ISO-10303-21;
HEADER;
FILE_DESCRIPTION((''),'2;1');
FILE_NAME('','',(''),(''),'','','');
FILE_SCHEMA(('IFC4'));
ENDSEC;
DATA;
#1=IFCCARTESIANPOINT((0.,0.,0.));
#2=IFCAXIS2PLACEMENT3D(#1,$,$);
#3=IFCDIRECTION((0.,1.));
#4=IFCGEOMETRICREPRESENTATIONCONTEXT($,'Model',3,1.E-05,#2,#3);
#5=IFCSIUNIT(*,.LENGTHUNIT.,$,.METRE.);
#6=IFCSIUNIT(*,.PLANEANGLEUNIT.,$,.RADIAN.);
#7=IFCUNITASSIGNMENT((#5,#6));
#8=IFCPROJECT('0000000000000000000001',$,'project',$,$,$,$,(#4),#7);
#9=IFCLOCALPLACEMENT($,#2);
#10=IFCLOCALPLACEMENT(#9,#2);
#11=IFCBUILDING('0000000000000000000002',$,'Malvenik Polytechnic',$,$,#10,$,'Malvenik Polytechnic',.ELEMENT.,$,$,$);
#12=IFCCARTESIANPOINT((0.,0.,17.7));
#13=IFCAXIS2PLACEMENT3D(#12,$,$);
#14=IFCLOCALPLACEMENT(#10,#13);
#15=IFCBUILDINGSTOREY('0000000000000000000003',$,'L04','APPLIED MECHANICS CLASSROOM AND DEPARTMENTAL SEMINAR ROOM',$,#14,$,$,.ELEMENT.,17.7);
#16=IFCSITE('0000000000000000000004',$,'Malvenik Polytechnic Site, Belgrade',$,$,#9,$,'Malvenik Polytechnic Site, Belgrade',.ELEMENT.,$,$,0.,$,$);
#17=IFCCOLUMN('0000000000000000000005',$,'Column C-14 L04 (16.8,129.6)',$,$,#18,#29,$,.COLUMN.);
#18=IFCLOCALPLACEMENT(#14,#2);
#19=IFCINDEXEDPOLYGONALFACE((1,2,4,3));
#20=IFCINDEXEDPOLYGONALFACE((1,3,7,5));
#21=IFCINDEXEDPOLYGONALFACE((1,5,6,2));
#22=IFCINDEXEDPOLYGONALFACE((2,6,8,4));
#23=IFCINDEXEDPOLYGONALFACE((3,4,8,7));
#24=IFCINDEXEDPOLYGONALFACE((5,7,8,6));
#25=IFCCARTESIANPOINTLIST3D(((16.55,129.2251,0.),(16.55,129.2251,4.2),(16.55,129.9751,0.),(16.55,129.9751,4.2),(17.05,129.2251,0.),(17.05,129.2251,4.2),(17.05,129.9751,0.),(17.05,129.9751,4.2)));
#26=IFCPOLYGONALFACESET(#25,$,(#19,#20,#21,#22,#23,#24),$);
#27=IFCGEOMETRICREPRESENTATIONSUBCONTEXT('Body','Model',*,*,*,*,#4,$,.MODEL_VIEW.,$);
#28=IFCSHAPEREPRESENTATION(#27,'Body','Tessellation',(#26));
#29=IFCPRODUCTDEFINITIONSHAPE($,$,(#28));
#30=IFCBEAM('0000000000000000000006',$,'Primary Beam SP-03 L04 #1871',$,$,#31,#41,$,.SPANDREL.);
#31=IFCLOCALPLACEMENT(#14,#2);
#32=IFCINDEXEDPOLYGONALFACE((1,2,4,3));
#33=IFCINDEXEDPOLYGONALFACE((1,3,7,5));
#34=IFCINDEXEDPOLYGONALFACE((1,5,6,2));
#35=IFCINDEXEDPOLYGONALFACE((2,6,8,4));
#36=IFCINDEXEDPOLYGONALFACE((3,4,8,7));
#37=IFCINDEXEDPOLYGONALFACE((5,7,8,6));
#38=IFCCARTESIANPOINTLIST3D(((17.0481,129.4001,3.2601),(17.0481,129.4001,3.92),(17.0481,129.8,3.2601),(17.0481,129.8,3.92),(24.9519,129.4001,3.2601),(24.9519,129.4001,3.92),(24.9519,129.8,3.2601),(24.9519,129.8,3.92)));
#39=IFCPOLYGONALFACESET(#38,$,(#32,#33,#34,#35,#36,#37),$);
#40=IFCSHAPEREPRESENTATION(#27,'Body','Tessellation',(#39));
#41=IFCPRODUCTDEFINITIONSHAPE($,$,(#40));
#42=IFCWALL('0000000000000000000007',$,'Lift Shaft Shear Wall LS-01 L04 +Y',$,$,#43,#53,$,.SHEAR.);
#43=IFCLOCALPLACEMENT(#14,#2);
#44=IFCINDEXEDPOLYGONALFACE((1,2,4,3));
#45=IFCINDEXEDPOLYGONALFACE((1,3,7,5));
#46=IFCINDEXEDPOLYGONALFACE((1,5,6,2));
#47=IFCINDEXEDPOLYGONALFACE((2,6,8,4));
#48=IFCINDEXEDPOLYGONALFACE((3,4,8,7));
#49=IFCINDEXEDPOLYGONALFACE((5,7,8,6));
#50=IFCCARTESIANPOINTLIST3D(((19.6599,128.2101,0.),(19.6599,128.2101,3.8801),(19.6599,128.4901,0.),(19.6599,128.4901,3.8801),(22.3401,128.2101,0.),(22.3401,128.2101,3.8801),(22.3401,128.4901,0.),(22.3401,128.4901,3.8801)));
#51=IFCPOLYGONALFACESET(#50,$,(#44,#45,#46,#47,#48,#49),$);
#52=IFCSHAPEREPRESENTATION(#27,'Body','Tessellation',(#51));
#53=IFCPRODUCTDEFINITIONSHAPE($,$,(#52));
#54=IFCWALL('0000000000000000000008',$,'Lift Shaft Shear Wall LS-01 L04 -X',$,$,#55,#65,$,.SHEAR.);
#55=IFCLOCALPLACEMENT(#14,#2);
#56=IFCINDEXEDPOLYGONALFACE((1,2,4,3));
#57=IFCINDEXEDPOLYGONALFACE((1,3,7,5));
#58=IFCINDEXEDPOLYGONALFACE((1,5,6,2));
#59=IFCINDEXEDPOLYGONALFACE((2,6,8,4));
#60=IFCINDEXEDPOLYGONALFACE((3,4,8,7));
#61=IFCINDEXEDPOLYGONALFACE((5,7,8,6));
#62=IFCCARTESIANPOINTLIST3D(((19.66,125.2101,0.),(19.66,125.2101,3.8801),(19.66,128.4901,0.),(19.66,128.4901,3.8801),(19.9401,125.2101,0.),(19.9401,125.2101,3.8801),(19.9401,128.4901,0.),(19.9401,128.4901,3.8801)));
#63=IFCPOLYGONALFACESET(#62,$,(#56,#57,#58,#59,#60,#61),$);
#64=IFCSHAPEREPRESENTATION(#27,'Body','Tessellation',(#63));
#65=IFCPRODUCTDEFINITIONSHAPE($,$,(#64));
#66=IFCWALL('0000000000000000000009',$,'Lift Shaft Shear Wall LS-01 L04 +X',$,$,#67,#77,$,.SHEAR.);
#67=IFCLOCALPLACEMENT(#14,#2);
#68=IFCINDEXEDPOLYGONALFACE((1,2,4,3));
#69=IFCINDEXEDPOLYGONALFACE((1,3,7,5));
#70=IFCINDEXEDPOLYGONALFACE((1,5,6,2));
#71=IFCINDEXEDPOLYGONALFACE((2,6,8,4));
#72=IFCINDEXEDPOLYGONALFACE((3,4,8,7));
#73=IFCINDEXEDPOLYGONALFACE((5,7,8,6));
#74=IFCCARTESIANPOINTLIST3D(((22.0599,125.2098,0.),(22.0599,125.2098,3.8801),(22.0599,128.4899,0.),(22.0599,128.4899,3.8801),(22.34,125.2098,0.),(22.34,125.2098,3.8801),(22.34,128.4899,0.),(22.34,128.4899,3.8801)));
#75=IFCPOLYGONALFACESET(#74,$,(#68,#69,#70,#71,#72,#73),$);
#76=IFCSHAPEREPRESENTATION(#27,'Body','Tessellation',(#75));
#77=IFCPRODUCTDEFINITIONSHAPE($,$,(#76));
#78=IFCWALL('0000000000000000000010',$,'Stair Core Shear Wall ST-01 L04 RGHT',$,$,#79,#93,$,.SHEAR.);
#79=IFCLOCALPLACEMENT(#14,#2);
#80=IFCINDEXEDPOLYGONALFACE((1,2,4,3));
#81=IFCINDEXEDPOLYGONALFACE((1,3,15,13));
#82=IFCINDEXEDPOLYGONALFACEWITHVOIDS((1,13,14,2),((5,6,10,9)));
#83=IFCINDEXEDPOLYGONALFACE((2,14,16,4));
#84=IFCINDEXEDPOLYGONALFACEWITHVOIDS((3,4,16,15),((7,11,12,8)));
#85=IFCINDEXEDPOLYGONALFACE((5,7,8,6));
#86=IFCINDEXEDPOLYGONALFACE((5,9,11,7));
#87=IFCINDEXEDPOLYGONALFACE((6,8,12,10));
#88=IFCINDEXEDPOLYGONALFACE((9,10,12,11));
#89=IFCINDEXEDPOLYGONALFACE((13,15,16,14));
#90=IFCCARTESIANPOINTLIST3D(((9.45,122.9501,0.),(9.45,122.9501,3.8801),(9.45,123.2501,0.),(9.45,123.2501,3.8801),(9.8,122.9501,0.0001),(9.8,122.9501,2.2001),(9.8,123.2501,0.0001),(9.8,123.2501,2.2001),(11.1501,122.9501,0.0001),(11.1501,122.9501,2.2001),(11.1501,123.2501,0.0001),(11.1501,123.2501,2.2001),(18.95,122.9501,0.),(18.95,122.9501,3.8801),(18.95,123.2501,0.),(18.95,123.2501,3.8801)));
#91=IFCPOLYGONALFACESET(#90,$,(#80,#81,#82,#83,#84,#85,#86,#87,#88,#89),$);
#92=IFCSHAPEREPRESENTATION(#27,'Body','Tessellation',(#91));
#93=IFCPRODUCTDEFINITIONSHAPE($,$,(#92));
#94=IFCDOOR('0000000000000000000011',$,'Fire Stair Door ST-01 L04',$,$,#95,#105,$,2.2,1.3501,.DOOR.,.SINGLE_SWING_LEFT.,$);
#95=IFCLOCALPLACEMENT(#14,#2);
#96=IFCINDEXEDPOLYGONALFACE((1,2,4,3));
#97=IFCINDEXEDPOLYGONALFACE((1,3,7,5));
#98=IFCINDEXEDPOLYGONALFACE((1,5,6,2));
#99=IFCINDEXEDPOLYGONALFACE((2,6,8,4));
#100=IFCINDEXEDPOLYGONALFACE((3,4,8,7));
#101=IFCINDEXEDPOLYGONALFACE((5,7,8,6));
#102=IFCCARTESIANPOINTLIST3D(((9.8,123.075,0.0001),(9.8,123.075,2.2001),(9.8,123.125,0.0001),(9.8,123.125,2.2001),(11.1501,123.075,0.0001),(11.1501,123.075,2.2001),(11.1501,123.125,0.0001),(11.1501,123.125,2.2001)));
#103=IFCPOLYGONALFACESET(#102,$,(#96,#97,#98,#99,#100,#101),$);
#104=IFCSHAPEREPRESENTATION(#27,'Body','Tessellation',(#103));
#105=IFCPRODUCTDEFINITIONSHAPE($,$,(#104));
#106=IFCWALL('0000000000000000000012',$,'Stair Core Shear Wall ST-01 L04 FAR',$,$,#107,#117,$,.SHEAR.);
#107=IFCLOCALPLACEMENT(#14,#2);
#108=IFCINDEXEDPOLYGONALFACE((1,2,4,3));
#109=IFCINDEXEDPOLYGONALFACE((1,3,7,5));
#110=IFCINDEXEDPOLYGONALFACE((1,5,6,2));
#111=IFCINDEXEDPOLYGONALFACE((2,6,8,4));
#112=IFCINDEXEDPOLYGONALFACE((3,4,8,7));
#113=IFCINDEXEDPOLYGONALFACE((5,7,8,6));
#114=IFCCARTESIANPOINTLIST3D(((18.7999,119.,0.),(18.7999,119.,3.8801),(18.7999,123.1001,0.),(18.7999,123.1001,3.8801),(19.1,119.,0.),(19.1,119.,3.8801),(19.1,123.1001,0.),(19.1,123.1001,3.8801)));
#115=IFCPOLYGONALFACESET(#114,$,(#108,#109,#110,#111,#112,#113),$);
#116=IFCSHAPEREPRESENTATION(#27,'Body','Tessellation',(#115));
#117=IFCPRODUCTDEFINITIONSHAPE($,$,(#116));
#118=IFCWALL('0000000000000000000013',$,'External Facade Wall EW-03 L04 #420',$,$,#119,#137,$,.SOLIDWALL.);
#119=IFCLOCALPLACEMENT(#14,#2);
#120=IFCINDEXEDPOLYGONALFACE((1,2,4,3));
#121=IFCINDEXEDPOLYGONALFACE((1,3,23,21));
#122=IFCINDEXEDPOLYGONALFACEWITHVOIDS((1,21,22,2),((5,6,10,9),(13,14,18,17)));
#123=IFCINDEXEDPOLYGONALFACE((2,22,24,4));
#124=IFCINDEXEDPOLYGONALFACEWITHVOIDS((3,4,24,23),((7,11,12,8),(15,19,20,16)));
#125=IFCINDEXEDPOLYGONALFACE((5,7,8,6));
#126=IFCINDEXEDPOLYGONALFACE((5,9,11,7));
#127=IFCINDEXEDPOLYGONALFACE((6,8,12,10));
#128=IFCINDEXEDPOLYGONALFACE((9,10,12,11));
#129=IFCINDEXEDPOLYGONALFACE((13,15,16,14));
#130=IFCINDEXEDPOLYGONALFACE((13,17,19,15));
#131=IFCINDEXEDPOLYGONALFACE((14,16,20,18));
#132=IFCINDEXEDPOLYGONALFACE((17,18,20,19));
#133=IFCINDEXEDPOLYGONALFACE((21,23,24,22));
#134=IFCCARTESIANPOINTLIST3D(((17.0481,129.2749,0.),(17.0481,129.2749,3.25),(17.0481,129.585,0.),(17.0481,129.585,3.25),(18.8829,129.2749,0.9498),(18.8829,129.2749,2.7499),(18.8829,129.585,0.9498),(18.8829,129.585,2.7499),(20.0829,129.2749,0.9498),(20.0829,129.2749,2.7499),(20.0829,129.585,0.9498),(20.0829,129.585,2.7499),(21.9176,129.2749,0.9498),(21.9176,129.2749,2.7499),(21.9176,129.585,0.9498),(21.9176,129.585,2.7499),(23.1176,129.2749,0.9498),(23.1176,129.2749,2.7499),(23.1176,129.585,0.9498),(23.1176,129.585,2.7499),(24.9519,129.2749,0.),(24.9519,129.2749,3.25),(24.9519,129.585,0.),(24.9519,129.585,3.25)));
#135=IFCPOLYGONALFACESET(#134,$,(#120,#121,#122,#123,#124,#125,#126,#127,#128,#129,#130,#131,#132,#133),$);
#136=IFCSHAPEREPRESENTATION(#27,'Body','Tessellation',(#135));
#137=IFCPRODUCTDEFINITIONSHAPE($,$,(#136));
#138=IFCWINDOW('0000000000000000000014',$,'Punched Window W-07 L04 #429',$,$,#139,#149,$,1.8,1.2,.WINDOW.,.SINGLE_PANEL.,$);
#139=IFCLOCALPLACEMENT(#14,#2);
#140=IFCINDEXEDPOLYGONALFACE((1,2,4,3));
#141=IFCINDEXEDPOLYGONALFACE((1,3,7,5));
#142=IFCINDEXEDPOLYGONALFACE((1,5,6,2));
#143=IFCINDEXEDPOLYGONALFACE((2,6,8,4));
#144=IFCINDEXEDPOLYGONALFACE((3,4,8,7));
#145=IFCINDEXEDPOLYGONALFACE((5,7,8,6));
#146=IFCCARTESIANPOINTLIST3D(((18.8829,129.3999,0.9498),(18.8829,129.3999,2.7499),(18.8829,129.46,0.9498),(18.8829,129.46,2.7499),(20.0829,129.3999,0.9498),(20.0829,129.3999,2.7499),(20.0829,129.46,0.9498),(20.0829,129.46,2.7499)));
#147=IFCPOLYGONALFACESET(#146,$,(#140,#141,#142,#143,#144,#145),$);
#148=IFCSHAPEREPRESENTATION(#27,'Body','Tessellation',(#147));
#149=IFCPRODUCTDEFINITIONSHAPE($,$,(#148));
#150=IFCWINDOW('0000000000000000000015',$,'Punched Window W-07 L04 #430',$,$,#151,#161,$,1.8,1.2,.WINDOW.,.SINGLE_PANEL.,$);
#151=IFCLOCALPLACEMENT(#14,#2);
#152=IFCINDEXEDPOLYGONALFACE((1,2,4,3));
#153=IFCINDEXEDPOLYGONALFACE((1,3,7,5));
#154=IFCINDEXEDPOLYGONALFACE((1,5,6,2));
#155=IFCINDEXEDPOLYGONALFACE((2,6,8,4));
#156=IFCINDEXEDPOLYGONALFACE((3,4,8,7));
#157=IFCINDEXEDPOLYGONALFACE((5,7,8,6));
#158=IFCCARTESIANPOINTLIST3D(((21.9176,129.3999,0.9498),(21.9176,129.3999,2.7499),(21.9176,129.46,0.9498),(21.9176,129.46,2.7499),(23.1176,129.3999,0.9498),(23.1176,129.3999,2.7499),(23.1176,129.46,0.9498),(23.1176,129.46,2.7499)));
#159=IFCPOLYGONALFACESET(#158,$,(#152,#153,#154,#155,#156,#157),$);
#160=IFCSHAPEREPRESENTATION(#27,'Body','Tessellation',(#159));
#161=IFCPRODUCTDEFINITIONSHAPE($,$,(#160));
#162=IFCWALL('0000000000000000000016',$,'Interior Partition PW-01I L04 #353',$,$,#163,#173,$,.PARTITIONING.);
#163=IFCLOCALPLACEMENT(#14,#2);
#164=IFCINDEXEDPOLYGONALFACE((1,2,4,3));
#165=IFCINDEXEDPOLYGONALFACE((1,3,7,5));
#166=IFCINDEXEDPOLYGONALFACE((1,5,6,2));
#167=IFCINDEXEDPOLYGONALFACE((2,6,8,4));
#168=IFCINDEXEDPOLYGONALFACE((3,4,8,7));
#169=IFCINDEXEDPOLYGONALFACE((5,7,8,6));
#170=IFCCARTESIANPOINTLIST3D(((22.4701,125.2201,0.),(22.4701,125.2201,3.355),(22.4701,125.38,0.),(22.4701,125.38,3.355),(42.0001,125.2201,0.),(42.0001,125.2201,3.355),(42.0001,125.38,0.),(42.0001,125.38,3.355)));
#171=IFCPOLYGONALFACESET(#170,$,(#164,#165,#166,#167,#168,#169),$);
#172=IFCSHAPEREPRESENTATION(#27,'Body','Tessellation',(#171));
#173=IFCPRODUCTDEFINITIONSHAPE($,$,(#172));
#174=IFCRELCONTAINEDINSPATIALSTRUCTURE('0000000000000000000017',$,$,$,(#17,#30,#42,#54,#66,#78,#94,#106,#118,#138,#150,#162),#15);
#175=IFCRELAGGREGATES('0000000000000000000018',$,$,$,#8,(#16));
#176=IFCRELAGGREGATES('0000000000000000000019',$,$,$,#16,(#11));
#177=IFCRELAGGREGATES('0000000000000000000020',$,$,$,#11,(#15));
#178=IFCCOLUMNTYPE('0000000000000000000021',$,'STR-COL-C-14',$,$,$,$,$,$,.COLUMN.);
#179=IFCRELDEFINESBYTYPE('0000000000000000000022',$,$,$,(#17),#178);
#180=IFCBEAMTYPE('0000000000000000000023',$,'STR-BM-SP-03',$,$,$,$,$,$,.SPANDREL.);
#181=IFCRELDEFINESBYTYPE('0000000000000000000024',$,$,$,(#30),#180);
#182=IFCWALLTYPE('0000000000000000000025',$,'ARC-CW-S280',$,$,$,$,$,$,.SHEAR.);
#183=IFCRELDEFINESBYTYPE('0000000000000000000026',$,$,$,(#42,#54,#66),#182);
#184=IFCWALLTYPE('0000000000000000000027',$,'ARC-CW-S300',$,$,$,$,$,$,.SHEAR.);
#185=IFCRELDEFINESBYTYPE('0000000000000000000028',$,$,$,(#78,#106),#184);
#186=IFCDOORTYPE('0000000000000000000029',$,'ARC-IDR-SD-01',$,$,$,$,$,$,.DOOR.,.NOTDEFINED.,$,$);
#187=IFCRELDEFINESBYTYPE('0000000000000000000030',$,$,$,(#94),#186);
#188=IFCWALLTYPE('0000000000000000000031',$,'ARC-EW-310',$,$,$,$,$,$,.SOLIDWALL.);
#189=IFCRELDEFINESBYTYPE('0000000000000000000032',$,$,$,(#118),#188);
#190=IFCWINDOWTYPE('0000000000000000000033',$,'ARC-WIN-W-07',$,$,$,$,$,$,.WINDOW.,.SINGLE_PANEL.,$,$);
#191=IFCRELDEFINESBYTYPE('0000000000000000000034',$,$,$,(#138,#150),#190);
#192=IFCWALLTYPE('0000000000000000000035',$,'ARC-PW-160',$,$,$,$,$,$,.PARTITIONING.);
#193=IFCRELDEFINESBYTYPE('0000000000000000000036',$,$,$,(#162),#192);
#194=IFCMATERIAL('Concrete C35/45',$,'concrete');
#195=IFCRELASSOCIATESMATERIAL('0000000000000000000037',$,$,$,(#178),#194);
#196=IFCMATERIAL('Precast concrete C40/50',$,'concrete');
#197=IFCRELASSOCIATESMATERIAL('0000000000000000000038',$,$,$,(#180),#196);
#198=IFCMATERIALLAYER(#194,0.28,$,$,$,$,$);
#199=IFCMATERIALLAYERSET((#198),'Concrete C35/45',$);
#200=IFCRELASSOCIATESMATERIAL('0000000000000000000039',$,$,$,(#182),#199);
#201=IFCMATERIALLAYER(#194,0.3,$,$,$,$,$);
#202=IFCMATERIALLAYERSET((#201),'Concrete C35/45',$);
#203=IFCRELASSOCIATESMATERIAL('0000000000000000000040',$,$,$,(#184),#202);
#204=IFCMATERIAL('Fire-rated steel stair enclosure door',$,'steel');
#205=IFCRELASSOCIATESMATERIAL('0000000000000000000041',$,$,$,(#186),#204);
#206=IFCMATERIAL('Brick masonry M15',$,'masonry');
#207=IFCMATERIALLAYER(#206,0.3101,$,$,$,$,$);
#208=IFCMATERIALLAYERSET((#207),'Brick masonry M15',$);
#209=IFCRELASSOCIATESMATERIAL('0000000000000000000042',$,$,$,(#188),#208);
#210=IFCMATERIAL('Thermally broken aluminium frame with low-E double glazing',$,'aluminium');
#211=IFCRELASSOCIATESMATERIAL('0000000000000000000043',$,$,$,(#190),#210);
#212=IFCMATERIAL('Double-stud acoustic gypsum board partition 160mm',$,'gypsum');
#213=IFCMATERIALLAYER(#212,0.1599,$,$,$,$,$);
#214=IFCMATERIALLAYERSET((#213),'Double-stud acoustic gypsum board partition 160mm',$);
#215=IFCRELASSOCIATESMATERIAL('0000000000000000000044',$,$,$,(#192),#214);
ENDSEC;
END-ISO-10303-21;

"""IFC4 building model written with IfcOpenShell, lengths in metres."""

from ifc_helpers import new_model, si_unit, direction, frame, frame_2d, origin, origin_2d, place, context, subcontext, project, spatial, rectangle, extrude, material, layer, layer_set, material_profile, profile_set, type_object, element, fill, save


model = new_model("IFC4")

# Units and contexts
model_context = context("Model", 3, precision=1e-05, world=origin(), true_north=direction((0.0, 1.0)))
body_context = subcontext(model_context, "Body", "Model", "MODEL_VIEW")
ifc_project = project(units=[si_unit("LENGTHUNIT", "METRE"), si_unit("PLANEANGLEUNIT", "RADIAN")], contexts=[model_context])

# Site, building, storey
site_placement = place(None, origin())
site = spatial("IfcSite", under=ifc_project, at=site_placement, Name="Malvenik Polytechnic Site, Belgrade", LongName="Malvenik Polytechnic Site, Belgrade", CompositionType="ELEMENT", RefElevation=0.0)
building_placement = place(site_placement, origin())
building = spatial("IfcBuilding", under=site, at=building_placement, Name="Malvenik Polytechnic", LongName="Malvenik Polytechnic", CompositionType="ELEMENT")
storey_placement = place(building_placement, frame((0.0, 0.0, 17.7)))
storey = spatial("IfcBuildingStorey", under=building, at=storey_placement, Name="L04", Description="APPLIED MECHANICS CLASSROOM AND DEPARTMENTAL SEMINAR ROOM", CompositionType="ELEMENT", Elevation=17.7)

# Column
ifc_material_1 = material(Name="Concrete C35/45", Category="concrete")
ifc_material_profile_1 = material_profile(ifc_material_1, rectangle(XDim=0.5, YDim=0.75, at=origin_2d()), Name="RC COL 750x500")
ifc_profile_set_1 = profile_set([ifc_material_profile_1], Name="Concrete C35/45")
column_type = type_object("IfcColumnType", Name="STR-COL-C-14", PredefinedType="COLUMN", material=ifc_profile_set_1)
column_placement = place(storey_placement, frame((16.8, 129.6001, 0.0), z_axis=(0.0, 0.0, 1.0), x_axis=(1.0, 0.0, 0.0)))
element("IfcColumn", 1, at=column_placement, inside=storey, type_object=column_type, Name="Column C-14 L04 (16.8,129.6)", PredefinedType="COLUMN", context=body_context, shape_type="SweptSolid", body=[
    extrude(rectangle(XDim=0.5, YDim=0.75, at=origin_2d()), origin(), (0.0, 0.0, 1.0), 4.2),
])

# Beam
ifc_material_2 = material(Name="Precast concrete C40/50", Category="concrete")
ifc_material_profile_2 = material_profile(ifc_material_2, rectangle(XDim=0.3999, YDim=0.6599, at=origin_2d()), Name="PC SPN 400x660")
ifc_profile_set_2 = profile_set([ifc_material_profile_2], Name="Precast concrete C40/50")
beam_type = type_object("IfcBeamType", Name="STR-BM-SP-03", PredefinedType="SPANDREL", material=ifc_profile_set_2)
beam_placement = place(storey_placement, frame((17.0481, 129.6001, 3.5901), z_axis=(1.0, 0.0, 0.0), x_axis=(0.0, 1.0, 0.0)))
element("IfcBeam", 2, at=beam_placement, inside=storey, type_object=beam_type, Name="Primary Beam SP-03 L04 #1871", PredefinedType="SPANDREL", context=body_context, shape_type="SweptSolid", body=[
    extrude(rectangle(XDim=0.3999, YDim=0.6599, at=origin_2d()), origin(), (0.0, 0.0, 1.0), 7.9038),
])

# Shared definitions
ifc_layer_1 = layer(ifc_material_1, 0.28)
ifc_layer_set_1 = layer_set([ifc_layer_1], Name="Concrete C35/45")
wall_type_1 = type_object("IfcWallType", Name="ARC-CW-S280", PredefinedType="SHEAR", material=ifc_layer_set_1)

# Walls
wall_1_placement = place(storey_placement, frame((19.6599, 128.3501, 0.0), z_axis=(0.0, 0.0, 1.0), x_axis=(1.0, 0.0, 0.0)))
element("IfcWall", 3, at=wall_1_placement, inside=storey, type_object=wall_type_1, Name="Lift Shaft Shear Wall LS-01 L04 +Y", PredefinedType="SHEAR", context=body_context, shape_type="SweptSolid", body=[
    extrude(rectangle(XDim=2.6802, YDim=0.28, at=frame_2d((1.3401, 0.0))), origin(), (0.0, 0.0, 1.0), 3.8801),
])
for number, where, z_axis, x_axis, name in (
    (4, (19.8, 125.21, 0.0), (0.0, 0.0, 1.0), (0.0, 1.0, 0.0), "Lift Shaft Shear Wall LS-01 L04 -X"),
    (5, (22.2, 128.49, 0.0), (0.0, 0.0, 1.0), (0.0, -1.0, 0.0), "Lift Shaft Shear Wall LS-01 L04 +X"),
):
    element("IfcWall", number, at=place(storey_placement, frame(where, z_axis=z_axis, x_axis=x_axis)), inside=storey, type_object=wall_type_1, Name=name, PredefinedType="SHEAR", context=body_context, shape_type="SweptSolid", body=[
        extrude(rectangle(XDim=3.28, YDim=0.28, at=frame_2d((1.6401, 0.0))), origin(), (0.0, 0.0, 1.0), 3.8801),
    ])

# Wall, opening, door
ifc_layer_2 = layer(ifc_material_1, 0.3)
ifc_layer_set_2 = layer_set([ifc_layer_2], Name="Concrete C35/45")
wall_type_2 = type_object("IfcWallType", Name="ARC-CW-S300", PredefinedType="SHEAR", material=ifc_layer_set_2)
wall_2_placement = place(storey_placement, frame((9.45, 123.1001, 0.0), z_axis=(0.0, 0.0, 1.0), x_axis=(1.0, 0.0, 0.0)))
wall_2 = element("IfcWall", 6, at=wall_2_placement, inside=storey, type_object=wall_type_2, Name="Stair Core Shear Wall ST-01 L04 RGHT", PredefinedType="SHEAR", context=body_context, shape_type="SweptSolid", body=[
    extrude(rectangle(XDim=9.5, YDim=0.3, at=frame_2d((4.75, 0.0))), origin(), (0.0, 0.0, 1.0), 3.8801),
])
opening_1_placement = place(wall_2_placement, frame((0.3501, 0.0, 0.0)))
opening_1 = element("IfcOpeningElement", 7, at=opening_1_placement, cuts=wall_2, PredefinedType="OPENING", context=body_context, shape_type="SweptSolid", body=[
    extrude(rectangle(XDim=1.3501, YDim=2.2, at=frame_2d((0.675, 1.1001))), frame((0.0, 0.1602, 0.0), z_axis=(0.0, -1.0, 0.0), x_axis=(1.0, 0.0, 0.0)), (0.0, 0.0, 1.0), 0.3201),
])
ifc_material_3 = material(Name="Fire-rated steel stair enclosure door", Category="steel")
door_type_1 = type_object("IfcDoorType", Name="ARC-IDR-SD-01", OperationType="NOTDEFINED", PredefinedType="DOOR", material=ifc_material_3)
door_1_placement = place(opening_1_placement, origin())
door_1 = element("IfcDoor", 8, at=door_1_placement, inside=storey, type_object=door_type_1, Name="Fire Stair Door ST-01 L04", OperationType="SINGLE_SWING_LEFT", OverallHeight=2.2, OverallWidth=1.3501, PredefinedType="DOOR", context=body_context, shape_type="SweptSolid", body=[
    extrude(rectangle(XDim=1.3501, YDim=2.2, at=frame_2d((0.675, 1.1001))), frame((0.0, 0.0249, 0.0), z_axis=(0.0, -1.0, 0.0), x_axis=(1.0, 0.0, 0.0)), (0.0, 0.0, 1.0), 0.05),
])
fill(opening_1, door_1)

# Wall
wall_3_placement = place(storey_placement, frame((18.95, 123.1001, 0.0), z_axis=(0.0, 0.0, 1.0), x_axis=(0.0, -1.0, 0.0)))
element("IfcWall", 9, at=wall_3_placement, inside=storey, type_object=wall_type_2, Name="Stair Core Shear Wall ST-01 L04 FAR", PredefinedType="SHEAR", context=body_context, shape_type="SweptSolid", body=[
    extrude(rectangle(XDim=4.1001, YDim=0.3, at=frame_2d((2.05, 0.0))), origin(), (0.0, 0.0, 1.0), 3.8801),
])

# Wall, openings, windows
ifc_material_4 = material(Name="Brick masonry M15", Category="masonry")
ifc_layer_3 = layer(ifc_material_4, 0.3101)
ifc_layer_set_3 = layer_set([ifc_layer_3], Name="Brick masonry M15")
wall_type_3 = type_object("IfcWallType", Name="ARC-EW-310", PredefinedType="SOLIDWALL", material=ifc_layer_set_3)
wall_4_placement = place(storey_placement, frame((17.0481, 129.4299, 0.0), z_axis=(0.0, 0.0, 1.0), x_axis=(1.0, 0.0, 0.0)))
wall_4 = element("IfcWall", 10, at=wall_4_placement, inside=storey, type_object=wall_type_3, Name="External Facade Wall EW-03 L04 #420", PredefinedType="SOLIDWALL", context=body_context, shape_type="SweptSolid", body=[
    extrude(rectangle(XDim=7.9038, YDim=0.3101, at=frame_2d((3.9519, 0.0))), origin(), (0.0, 0.0, 1.0), 3.25),
])
opening_2_placement = place(wall_4_placement, frame((1.8347, 0.0, 0.95)))
opening_2 = element("IfcOpeningElement", 11, at=opening_2_placement, cuts=wall_4, PredefinedType="OPENING", context=body_context, shape_type="SweptSolid", body=[
    extrude(rectangle(XDim=1.2, YDim=1.8, at=frame_2d((0.6001, 0.8999))), frame((0.0, 0.165, 0.0), z_axis=(0.0, -1.0, 0.0), x_axis=(1.0, 0.0, 0.0)), (0.0, 0.0, 1.0), 0.3301),
])
opening_3_placement = place(wall_4_placement, frame((4.8694, 0.0, 0.95)))
opening_3 = element("IfcOpeningElement", 12, at=opening_3_placement, cuts=wall_4, PredefinedType="OPENING", context=body_context, shape_type="SweptSolid", body=[
    extrude(rectangle(XDim=1.2, YDim=1.8, at=frame_2d((0.6001, 0.8999))), frame((0.0, 0.165, 0.0), z_axis=(0.0, -1.0, 0.0), x_axis=(1.0, 0.0, 0.0)), (0.0, 0.0, 1.0), 0.3301),
])
ifc_material_5 = material(Name="Thermally broken aluminium frame with low-E double glazing", Category="aluminium")
window_type = type_object("IfcWindowType", Name="ARC-WIN-W-07", PartitioningType="SINGLE_PANEL", PredefinedType="WINDOW", material=ifc_material_5)
window_1_placement = place(opening_2_placement, origin())
window_1 = element("IfcWindow", 13, at=window_1_placement, inside=storey, type_object=window_type, Name="Punched Window W-07 L04 #429", OverallHeight=1.8, OverallWidth=1.2, PartitioningType="SINGLE_PANEL", PredefinedType="WINDOW", context=body_context, shape_type="SweptSolid", body=[
    extrude(rectangle(XDim=1.2, YDim=1.8, at=frame_2d((0.6001, 0.8999))), frame((0.0, 0.03, 0.0), z_axis=(0.0, -1.0, 0.0), x_axis=(1.0, 0.0, 0.0)), (0.0, 0.0, 1.0), 0.0601),
])
fill(opening_2, window_1)
window_2_placement = place(opening_3_placement, origin())
window_2 = element("IfcWindow", 14, at=window_2_placement, inside=storey, type_object=window_type, Name="Punched Window W-07 L04 #430", OverallHeight=1.8, OverallWidth=1.2, PartitioningType="SINGLE_PANEL", PredefinedType="WINDOW", context=body_context, shape_type="SweptSolid", body=[
    extrude(rectangle(XDim=1.2, YDim=1.8, at=frame_2d((0.6001, 0.8999))), frame((0.0, 0.03, 0.0), z_axis=(0.0, -1.0, 0.0), x_axis=(1.0, 0.0, 0.0)), (0.0, 0.0, 1.0), 0.0601),
])
fill(opening_3, window_2)

# Wall
ifc_material_6 = material(Name="Double-stud acoustic gypsum board partition 160mm", Category="gypsum")
ifc_layer_4 = layer(ifc_material_6, 0.1599)
ifc_layer_set_4 = layer_set([ifc_layer_4], Name="Double-stud acoustic gypsum board partition 160mm")
wall_type_4 = type_object("IfcWallType", Name="ARC-PW-160", PredefinedType="PARTITIONING", material=ifc_layer_set_4)
wall_5_placement = place(storey_placement, frame((22.47, 125.3, 0.0), z_axis=(0.0, 0.0, 1.0), x_axis=(1.0, 0.0, 0.0)))
element("IfcWall", 15, at=wall_5_placement, inside=storey, type_object=wall_type_4, Name="Interior Partition PW-01I L04 #353", PredefinedType="PARTITIONING", context=body_context, shape_type="SweptSolid", body=[
    extrude(rectangle(XDim=19.53, YDim=0.1599, at=frame_2d((9.7651, 0.0))), origin(), (0.0, 0.0, 1.0), 3.355),
])

save(model, "model.ifc")
